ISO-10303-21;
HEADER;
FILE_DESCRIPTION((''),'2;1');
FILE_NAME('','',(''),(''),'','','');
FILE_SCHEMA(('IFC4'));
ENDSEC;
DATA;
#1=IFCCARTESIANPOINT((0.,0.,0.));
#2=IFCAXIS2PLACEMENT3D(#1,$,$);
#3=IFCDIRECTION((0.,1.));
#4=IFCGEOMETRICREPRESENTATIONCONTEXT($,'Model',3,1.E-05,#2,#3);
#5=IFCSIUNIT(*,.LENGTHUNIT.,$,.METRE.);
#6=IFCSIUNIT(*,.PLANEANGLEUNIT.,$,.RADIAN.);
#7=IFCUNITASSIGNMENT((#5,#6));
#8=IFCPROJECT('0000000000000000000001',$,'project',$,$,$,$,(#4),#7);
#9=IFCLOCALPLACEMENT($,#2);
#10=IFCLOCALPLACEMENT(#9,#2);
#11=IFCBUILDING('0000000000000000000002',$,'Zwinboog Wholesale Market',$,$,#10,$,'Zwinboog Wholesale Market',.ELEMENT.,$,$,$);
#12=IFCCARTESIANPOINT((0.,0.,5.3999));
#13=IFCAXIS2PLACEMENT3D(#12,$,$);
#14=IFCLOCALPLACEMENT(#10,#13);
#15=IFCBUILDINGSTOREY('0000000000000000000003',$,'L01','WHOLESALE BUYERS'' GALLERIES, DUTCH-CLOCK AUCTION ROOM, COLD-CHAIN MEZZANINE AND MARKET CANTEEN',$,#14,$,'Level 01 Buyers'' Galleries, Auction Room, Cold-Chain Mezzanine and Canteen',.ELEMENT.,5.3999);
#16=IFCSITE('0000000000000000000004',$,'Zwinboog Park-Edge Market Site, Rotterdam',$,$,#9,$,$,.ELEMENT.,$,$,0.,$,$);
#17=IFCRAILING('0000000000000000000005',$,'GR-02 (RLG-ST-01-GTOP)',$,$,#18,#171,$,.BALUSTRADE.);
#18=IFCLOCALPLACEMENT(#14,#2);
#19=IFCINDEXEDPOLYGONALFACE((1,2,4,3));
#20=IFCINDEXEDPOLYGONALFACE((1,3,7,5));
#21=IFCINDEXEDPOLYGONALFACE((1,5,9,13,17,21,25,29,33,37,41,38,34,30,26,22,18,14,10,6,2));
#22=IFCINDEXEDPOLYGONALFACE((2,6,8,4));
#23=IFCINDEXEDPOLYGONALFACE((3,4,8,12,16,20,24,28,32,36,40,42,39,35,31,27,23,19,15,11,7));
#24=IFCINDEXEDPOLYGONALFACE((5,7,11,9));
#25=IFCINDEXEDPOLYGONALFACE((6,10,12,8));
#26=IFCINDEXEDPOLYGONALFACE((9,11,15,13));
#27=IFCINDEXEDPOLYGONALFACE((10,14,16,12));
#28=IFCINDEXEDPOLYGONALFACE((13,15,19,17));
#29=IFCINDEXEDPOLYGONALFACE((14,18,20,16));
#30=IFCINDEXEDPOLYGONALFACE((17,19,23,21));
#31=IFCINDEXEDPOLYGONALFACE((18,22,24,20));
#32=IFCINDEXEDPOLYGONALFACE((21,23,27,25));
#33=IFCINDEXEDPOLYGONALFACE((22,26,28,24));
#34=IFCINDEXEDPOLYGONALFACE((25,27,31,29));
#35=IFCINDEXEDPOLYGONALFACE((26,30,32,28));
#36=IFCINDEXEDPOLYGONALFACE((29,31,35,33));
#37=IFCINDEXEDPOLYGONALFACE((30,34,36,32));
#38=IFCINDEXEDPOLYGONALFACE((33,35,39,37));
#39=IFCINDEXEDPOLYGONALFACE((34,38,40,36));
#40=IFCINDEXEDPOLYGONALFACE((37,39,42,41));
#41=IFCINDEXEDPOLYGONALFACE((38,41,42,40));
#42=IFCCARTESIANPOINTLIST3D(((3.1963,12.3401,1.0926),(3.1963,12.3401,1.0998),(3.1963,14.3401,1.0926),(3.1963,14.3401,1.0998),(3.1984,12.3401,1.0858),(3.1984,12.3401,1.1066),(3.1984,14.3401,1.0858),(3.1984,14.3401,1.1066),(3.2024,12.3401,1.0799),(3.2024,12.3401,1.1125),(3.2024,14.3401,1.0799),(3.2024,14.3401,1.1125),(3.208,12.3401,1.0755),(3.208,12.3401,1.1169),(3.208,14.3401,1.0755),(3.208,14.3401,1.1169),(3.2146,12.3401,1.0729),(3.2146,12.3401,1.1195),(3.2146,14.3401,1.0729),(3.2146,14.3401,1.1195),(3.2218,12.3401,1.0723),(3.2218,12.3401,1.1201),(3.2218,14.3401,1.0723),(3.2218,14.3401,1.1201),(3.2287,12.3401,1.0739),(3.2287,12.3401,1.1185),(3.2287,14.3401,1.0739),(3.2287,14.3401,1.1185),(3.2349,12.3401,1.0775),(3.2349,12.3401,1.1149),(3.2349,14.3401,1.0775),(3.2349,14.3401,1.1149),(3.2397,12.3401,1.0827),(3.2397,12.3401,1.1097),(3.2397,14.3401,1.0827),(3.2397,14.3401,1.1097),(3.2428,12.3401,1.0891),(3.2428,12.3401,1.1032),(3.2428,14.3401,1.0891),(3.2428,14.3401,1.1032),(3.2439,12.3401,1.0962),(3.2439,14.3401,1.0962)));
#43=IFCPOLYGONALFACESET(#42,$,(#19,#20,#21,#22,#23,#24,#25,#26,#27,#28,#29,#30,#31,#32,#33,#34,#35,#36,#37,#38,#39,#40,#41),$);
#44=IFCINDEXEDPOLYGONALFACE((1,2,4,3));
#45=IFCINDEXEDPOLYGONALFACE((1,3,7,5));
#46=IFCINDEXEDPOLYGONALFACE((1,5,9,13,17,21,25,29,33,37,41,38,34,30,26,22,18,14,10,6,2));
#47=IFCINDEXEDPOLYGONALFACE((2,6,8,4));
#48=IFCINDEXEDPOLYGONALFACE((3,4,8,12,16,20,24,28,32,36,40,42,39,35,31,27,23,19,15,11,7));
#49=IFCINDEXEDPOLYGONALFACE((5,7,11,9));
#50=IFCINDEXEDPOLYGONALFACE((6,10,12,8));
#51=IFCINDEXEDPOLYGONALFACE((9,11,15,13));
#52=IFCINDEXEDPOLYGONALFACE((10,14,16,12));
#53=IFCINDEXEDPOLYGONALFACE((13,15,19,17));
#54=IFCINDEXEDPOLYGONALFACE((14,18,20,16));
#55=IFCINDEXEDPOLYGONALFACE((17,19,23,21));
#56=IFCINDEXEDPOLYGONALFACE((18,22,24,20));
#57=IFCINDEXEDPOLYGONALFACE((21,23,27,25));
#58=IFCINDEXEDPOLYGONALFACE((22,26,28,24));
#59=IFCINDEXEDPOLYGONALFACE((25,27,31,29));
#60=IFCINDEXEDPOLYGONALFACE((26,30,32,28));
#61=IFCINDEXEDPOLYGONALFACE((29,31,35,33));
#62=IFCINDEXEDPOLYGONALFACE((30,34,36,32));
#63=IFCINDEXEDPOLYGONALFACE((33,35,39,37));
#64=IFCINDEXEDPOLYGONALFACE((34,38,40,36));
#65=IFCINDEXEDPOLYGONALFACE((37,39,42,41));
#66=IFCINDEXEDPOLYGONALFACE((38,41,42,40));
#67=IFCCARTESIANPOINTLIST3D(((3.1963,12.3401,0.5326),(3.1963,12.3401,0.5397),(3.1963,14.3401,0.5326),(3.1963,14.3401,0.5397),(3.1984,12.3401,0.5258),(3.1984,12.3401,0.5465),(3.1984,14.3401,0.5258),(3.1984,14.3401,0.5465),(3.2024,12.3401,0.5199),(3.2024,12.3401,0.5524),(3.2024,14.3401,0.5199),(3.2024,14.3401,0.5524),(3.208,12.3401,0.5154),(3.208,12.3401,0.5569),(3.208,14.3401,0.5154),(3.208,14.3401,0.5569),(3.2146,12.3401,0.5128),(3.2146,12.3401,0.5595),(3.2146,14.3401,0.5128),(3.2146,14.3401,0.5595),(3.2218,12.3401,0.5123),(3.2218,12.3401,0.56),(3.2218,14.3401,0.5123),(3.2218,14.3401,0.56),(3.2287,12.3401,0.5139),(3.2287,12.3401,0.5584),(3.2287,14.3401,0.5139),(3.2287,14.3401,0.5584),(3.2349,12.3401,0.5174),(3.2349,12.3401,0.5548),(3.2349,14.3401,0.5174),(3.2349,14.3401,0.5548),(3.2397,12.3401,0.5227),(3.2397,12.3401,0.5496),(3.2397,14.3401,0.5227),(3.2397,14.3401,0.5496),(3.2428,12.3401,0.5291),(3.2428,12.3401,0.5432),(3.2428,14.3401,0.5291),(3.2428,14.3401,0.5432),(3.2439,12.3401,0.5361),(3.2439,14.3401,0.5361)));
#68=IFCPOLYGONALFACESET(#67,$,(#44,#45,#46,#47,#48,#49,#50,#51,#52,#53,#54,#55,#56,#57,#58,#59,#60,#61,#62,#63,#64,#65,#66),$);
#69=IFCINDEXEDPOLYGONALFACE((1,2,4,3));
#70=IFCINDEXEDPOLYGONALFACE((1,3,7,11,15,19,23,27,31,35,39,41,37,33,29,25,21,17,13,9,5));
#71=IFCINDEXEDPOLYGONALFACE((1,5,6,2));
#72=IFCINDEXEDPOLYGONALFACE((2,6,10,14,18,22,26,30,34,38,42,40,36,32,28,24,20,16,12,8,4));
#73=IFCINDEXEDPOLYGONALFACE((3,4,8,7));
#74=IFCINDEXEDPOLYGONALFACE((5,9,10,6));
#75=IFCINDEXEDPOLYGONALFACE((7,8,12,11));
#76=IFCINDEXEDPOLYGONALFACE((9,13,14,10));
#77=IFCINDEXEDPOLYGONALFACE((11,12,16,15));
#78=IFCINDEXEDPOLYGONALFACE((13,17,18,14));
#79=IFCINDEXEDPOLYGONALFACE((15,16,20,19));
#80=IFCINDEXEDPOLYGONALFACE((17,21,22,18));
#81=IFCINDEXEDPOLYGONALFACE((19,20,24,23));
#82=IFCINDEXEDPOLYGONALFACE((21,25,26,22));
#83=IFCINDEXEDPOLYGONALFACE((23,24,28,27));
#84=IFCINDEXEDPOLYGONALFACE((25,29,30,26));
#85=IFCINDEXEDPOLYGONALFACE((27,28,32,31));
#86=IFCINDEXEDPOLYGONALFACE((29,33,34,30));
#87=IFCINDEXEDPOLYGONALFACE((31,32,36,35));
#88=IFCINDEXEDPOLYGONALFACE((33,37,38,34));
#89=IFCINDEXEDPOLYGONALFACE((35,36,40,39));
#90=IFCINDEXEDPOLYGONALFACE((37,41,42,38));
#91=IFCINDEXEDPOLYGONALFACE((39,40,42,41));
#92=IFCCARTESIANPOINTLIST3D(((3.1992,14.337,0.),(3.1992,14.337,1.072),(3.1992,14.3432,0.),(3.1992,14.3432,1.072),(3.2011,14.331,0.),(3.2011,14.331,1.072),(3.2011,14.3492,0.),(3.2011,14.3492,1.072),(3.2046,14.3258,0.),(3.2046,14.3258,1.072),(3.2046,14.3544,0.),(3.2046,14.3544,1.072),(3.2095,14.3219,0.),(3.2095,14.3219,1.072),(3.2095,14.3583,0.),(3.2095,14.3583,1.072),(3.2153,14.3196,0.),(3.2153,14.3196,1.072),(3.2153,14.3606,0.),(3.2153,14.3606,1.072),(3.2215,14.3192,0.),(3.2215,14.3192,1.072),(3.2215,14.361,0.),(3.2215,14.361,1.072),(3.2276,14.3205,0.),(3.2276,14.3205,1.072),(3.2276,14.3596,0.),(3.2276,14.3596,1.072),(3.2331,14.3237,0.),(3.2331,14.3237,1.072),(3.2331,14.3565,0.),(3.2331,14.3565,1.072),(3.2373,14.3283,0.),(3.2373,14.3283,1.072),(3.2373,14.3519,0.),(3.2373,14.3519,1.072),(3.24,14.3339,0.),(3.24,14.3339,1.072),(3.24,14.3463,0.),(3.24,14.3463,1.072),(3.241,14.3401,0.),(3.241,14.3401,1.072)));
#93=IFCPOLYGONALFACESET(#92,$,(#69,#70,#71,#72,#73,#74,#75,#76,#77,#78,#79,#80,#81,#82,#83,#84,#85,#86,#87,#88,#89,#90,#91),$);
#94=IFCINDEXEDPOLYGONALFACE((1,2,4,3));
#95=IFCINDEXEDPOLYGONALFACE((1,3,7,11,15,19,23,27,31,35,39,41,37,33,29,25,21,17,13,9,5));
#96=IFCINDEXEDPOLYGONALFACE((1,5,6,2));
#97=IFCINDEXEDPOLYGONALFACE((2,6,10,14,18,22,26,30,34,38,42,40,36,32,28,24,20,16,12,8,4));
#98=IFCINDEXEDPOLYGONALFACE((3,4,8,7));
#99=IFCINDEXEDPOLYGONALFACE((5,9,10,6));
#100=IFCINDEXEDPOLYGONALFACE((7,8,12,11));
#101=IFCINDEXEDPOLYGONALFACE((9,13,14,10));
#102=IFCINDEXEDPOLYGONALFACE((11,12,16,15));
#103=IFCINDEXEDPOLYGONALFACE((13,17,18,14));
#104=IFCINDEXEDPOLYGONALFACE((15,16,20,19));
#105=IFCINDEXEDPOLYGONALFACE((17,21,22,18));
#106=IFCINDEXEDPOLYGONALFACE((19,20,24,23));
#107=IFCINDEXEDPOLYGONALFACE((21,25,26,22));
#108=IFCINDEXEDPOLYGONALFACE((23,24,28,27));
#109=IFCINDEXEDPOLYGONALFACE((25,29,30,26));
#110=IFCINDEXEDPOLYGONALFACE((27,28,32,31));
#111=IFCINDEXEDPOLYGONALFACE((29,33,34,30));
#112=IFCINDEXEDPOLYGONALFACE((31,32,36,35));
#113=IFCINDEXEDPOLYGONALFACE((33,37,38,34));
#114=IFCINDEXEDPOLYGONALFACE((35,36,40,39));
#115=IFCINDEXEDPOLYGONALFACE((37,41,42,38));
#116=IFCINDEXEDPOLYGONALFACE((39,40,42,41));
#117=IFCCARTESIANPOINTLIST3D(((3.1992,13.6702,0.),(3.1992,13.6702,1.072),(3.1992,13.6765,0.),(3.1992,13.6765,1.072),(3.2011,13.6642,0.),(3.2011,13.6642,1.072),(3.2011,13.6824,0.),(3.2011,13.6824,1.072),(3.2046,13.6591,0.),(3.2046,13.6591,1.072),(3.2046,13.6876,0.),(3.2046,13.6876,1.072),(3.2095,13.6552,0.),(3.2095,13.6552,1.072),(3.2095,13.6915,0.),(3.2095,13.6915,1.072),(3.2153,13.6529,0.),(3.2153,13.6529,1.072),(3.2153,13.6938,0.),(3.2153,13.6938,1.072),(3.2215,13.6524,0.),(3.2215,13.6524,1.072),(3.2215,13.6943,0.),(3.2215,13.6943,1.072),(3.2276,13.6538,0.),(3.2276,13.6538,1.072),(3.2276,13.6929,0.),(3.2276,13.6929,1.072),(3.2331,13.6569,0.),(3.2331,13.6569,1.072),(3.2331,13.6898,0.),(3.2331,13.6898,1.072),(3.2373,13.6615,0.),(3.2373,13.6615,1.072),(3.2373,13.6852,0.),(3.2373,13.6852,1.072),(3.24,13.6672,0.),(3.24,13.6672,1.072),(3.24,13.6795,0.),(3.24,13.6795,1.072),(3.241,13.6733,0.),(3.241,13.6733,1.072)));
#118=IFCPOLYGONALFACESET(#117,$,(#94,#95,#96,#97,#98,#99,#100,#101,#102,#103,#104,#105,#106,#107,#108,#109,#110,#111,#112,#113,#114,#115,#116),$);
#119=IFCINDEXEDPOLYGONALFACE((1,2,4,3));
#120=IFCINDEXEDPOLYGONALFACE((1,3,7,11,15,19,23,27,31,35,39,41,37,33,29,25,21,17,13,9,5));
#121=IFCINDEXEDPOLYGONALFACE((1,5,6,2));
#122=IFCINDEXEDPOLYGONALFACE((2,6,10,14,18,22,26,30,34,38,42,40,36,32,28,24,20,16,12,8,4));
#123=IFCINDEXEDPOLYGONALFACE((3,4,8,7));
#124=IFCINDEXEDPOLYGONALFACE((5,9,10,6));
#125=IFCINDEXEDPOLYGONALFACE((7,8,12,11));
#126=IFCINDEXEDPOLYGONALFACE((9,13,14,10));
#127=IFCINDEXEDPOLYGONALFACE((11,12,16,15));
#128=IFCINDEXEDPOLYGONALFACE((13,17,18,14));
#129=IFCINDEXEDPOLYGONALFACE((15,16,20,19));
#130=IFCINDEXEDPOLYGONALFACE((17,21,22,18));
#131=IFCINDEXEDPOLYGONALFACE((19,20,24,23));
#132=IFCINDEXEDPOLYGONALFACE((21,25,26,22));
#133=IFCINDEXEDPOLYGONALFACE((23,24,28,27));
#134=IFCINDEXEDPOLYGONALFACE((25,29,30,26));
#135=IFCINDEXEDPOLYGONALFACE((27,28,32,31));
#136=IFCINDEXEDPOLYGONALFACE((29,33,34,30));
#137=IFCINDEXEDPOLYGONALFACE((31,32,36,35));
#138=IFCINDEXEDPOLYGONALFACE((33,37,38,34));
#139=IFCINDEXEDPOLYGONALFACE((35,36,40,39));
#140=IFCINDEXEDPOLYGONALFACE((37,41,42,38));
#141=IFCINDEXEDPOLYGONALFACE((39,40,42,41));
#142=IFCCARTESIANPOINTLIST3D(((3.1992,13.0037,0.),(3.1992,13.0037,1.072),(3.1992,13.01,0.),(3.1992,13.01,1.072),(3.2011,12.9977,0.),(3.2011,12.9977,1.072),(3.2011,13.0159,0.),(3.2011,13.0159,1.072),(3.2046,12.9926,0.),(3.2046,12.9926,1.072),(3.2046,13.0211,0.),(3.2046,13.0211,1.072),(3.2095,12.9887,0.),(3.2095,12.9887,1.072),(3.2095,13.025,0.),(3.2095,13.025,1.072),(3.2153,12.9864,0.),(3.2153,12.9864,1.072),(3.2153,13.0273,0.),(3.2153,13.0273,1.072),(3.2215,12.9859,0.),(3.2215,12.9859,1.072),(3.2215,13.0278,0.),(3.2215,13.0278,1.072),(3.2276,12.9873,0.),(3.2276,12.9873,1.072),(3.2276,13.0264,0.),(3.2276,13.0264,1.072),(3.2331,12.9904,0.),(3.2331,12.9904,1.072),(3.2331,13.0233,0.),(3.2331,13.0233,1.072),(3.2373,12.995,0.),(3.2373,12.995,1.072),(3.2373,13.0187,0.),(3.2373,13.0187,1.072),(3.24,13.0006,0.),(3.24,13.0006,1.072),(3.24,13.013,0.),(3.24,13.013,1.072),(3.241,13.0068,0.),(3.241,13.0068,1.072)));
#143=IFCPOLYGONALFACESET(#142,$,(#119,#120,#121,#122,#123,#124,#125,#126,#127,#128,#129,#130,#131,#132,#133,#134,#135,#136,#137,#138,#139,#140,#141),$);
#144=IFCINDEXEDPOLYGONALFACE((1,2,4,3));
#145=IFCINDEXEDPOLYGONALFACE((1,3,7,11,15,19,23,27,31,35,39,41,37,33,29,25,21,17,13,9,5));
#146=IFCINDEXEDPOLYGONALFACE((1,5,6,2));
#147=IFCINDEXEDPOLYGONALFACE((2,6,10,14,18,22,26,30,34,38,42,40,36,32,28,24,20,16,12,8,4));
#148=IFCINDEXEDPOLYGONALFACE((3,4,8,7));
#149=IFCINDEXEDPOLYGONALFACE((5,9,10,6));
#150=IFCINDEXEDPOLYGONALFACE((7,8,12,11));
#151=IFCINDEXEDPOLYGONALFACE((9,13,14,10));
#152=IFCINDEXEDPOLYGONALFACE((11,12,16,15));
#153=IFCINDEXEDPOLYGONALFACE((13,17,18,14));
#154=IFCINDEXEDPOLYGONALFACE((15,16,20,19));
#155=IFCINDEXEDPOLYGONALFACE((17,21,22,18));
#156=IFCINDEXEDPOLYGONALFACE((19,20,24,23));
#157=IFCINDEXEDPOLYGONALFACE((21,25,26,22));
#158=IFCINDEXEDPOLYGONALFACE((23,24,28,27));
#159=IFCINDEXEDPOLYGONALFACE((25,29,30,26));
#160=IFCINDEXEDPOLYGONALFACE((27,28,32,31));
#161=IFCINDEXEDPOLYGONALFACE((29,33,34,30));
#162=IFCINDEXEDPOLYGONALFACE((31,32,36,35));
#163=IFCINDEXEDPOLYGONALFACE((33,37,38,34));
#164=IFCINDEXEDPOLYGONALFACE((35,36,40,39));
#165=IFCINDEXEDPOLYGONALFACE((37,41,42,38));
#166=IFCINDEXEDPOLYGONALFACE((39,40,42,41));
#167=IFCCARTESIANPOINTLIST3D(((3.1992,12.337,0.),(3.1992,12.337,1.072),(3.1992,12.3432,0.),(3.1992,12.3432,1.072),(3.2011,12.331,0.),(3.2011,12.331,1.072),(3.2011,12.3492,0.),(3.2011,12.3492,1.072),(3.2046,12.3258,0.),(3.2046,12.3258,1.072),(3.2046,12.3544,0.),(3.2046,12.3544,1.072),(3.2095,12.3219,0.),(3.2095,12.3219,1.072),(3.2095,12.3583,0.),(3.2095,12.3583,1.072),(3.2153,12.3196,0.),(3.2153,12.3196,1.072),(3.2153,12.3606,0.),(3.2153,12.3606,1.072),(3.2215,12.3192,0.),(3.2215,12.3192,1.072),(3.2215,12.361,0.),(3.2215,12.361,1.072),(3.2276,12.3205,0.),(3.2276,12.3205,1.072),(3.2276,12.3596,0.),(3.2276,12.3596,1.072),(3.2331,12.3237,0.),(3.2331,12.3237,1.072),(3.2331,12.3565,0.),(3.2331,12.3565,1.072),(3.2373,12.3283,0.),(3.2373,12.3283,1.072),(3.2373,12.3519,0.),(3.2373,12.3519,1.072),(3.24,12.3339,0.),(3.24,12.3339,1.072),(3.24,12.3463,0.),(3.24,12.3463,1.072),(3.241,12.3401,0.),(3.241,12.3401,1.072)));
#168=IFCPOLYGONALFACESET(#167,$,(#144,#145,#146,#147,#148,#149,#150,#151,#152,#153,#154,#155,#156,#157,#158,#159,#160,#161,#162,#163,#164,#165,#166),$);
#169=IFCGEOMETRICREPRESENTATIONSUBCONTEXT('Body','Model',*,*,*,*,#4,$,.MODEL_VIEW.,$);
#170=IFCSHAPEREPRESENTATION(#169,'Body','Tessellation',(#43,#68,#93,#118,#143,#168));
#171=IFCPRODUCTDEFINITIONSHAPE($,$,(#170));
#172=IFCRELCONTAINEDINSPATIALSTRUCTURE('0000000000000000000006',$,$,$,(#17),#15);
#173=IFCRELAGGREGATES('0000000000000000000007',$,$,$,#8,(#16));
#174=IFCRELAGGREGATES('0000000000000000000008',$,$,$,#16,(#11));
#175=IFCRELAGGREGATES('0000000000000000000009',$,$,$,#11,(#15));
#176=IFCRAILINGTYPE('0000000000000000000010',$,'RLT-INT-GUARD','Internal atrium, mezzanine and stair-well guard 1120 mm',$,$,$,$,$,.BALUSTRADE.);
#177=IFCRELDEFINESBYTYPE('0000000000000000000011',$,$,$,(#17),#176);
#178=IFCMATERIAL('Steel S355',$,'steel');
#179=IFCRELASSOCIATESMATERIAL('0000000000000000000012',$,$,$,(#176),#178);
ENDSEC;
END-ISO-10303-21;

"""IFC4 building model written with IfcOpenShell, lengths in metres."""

from ifc_helpers import new_model, si_unit, direction, frame, origin, origin_2d, place, context, subcontext, project, spatial, circle, extrude, material, type_object, element, save


model = new_model("IFC4")

# Units and contexts
model_context = context("Model", 3, precision=1e-05, world=origin(), true_north=direction((0.0, 1.0)))
body_context = subcontext(model_context, "Body", "Model", "MODEL_VIEW")
ifc_project = project(units=[si_unit("LENGTHUNIT", "METRE"), si_unit("PLANEANGLEUNIT", "RADIAN")], contexts=[model_context])

# Site, building, storey
site_placement = place(None, origin())
site = spatial("IfcSite", under=ifc_project, at=site_placement, Name="Zwinboog Park-Edge Market Site, Rotterdam", CompositionType="ELEMENT", RefElevation=0.0)
building_placement = place(site_placement, origin())
building = spatial("IfcBuilding", under=site, at=building_placement, Name="Zwinboog Wholesale Market", LongName="Zwinboog Wholesale Market", CompositionType="ELEMENT")
storey_placement = place(building_placement, frame((0.0, 0.0, 5.3999)))
storey = spatial("IfcBuildingStorey", under=building, at=storey_placement, Name="L01", Description="WHOLESALE BUYERS' GALLERIES, DUTCH-CLOCK AUCTION ROOM, COLD-CHAIN MEZZANINE AND MARKET CANTEEN", LongName="Level 01 Buyers' Galleries, Auction Room, Cold-Chain Mezzanine and Canteen", CompositionType="ELEMENT", Elevation=5.3999)

# Shared definitions
ifc_material_1 = material(Name="Steel S355", Category="steel")

# Railing
railing_type = type_object("IfcRailingType", Name="RLT-INT-GUARD", Description="Internal atrium, mezzanine and stair-well guard 1120 mm", PredefinedType="BALUSTRADE", material=ifc_material_1)
railing_placement = place(storey_placement, frame((3.22, 14.3401, 0.0)))
element("IfcRailing", 1, at=railing_placement, inside=storey, type_object=railing_type, Name="GR-02 (RLG-ST-01-GTOP)", PredefinedType="BALUSTRADE", context=body_context, shape_type="SweptSolid", body=[
    extrude(circle(Radius=0.0239, at=origin_2d()), frame((0.0, 0.0, 1.0962), z_axis=(0.0, -1.0, 0.0), x_axis=(1.0, 0.0, 0.0)), (0.0, 0.0, 1.0), 2.0),
    extrude(circle(Radius=0.0239, at=origin_2d()), frame((0.0, 0.0, 0.5361), z_axis=(0.0, -1.0, 0.0), x_axis=(1.0, 0.0, 0.0)), (0.0, 0.0, 1.0), 2.0),
    extrude(circle(Radius=0.021, at=origin_2d()), origin(), (0.0, 0.0, 1.0), 1.072),
    extrude(circle(Radius=0.021, at=origin_2d()), frame((0.0, -0.6667, 0.0)), (0.0, 0.0, 1.0), 1.072),
    extrude(circle(Radius=0.021, at=origin_2d()), frame((0.0, -1.3333, 0.0)), (0.0, 0.0, 1.0), 1.072),
    extrude(circle(Radius=0.021, at=origin_2d()), frame((0.0, -2.0, 0.0)), (0.0, 0.0, 1.0), 1.072),
])

save(model, "model.ifc")
